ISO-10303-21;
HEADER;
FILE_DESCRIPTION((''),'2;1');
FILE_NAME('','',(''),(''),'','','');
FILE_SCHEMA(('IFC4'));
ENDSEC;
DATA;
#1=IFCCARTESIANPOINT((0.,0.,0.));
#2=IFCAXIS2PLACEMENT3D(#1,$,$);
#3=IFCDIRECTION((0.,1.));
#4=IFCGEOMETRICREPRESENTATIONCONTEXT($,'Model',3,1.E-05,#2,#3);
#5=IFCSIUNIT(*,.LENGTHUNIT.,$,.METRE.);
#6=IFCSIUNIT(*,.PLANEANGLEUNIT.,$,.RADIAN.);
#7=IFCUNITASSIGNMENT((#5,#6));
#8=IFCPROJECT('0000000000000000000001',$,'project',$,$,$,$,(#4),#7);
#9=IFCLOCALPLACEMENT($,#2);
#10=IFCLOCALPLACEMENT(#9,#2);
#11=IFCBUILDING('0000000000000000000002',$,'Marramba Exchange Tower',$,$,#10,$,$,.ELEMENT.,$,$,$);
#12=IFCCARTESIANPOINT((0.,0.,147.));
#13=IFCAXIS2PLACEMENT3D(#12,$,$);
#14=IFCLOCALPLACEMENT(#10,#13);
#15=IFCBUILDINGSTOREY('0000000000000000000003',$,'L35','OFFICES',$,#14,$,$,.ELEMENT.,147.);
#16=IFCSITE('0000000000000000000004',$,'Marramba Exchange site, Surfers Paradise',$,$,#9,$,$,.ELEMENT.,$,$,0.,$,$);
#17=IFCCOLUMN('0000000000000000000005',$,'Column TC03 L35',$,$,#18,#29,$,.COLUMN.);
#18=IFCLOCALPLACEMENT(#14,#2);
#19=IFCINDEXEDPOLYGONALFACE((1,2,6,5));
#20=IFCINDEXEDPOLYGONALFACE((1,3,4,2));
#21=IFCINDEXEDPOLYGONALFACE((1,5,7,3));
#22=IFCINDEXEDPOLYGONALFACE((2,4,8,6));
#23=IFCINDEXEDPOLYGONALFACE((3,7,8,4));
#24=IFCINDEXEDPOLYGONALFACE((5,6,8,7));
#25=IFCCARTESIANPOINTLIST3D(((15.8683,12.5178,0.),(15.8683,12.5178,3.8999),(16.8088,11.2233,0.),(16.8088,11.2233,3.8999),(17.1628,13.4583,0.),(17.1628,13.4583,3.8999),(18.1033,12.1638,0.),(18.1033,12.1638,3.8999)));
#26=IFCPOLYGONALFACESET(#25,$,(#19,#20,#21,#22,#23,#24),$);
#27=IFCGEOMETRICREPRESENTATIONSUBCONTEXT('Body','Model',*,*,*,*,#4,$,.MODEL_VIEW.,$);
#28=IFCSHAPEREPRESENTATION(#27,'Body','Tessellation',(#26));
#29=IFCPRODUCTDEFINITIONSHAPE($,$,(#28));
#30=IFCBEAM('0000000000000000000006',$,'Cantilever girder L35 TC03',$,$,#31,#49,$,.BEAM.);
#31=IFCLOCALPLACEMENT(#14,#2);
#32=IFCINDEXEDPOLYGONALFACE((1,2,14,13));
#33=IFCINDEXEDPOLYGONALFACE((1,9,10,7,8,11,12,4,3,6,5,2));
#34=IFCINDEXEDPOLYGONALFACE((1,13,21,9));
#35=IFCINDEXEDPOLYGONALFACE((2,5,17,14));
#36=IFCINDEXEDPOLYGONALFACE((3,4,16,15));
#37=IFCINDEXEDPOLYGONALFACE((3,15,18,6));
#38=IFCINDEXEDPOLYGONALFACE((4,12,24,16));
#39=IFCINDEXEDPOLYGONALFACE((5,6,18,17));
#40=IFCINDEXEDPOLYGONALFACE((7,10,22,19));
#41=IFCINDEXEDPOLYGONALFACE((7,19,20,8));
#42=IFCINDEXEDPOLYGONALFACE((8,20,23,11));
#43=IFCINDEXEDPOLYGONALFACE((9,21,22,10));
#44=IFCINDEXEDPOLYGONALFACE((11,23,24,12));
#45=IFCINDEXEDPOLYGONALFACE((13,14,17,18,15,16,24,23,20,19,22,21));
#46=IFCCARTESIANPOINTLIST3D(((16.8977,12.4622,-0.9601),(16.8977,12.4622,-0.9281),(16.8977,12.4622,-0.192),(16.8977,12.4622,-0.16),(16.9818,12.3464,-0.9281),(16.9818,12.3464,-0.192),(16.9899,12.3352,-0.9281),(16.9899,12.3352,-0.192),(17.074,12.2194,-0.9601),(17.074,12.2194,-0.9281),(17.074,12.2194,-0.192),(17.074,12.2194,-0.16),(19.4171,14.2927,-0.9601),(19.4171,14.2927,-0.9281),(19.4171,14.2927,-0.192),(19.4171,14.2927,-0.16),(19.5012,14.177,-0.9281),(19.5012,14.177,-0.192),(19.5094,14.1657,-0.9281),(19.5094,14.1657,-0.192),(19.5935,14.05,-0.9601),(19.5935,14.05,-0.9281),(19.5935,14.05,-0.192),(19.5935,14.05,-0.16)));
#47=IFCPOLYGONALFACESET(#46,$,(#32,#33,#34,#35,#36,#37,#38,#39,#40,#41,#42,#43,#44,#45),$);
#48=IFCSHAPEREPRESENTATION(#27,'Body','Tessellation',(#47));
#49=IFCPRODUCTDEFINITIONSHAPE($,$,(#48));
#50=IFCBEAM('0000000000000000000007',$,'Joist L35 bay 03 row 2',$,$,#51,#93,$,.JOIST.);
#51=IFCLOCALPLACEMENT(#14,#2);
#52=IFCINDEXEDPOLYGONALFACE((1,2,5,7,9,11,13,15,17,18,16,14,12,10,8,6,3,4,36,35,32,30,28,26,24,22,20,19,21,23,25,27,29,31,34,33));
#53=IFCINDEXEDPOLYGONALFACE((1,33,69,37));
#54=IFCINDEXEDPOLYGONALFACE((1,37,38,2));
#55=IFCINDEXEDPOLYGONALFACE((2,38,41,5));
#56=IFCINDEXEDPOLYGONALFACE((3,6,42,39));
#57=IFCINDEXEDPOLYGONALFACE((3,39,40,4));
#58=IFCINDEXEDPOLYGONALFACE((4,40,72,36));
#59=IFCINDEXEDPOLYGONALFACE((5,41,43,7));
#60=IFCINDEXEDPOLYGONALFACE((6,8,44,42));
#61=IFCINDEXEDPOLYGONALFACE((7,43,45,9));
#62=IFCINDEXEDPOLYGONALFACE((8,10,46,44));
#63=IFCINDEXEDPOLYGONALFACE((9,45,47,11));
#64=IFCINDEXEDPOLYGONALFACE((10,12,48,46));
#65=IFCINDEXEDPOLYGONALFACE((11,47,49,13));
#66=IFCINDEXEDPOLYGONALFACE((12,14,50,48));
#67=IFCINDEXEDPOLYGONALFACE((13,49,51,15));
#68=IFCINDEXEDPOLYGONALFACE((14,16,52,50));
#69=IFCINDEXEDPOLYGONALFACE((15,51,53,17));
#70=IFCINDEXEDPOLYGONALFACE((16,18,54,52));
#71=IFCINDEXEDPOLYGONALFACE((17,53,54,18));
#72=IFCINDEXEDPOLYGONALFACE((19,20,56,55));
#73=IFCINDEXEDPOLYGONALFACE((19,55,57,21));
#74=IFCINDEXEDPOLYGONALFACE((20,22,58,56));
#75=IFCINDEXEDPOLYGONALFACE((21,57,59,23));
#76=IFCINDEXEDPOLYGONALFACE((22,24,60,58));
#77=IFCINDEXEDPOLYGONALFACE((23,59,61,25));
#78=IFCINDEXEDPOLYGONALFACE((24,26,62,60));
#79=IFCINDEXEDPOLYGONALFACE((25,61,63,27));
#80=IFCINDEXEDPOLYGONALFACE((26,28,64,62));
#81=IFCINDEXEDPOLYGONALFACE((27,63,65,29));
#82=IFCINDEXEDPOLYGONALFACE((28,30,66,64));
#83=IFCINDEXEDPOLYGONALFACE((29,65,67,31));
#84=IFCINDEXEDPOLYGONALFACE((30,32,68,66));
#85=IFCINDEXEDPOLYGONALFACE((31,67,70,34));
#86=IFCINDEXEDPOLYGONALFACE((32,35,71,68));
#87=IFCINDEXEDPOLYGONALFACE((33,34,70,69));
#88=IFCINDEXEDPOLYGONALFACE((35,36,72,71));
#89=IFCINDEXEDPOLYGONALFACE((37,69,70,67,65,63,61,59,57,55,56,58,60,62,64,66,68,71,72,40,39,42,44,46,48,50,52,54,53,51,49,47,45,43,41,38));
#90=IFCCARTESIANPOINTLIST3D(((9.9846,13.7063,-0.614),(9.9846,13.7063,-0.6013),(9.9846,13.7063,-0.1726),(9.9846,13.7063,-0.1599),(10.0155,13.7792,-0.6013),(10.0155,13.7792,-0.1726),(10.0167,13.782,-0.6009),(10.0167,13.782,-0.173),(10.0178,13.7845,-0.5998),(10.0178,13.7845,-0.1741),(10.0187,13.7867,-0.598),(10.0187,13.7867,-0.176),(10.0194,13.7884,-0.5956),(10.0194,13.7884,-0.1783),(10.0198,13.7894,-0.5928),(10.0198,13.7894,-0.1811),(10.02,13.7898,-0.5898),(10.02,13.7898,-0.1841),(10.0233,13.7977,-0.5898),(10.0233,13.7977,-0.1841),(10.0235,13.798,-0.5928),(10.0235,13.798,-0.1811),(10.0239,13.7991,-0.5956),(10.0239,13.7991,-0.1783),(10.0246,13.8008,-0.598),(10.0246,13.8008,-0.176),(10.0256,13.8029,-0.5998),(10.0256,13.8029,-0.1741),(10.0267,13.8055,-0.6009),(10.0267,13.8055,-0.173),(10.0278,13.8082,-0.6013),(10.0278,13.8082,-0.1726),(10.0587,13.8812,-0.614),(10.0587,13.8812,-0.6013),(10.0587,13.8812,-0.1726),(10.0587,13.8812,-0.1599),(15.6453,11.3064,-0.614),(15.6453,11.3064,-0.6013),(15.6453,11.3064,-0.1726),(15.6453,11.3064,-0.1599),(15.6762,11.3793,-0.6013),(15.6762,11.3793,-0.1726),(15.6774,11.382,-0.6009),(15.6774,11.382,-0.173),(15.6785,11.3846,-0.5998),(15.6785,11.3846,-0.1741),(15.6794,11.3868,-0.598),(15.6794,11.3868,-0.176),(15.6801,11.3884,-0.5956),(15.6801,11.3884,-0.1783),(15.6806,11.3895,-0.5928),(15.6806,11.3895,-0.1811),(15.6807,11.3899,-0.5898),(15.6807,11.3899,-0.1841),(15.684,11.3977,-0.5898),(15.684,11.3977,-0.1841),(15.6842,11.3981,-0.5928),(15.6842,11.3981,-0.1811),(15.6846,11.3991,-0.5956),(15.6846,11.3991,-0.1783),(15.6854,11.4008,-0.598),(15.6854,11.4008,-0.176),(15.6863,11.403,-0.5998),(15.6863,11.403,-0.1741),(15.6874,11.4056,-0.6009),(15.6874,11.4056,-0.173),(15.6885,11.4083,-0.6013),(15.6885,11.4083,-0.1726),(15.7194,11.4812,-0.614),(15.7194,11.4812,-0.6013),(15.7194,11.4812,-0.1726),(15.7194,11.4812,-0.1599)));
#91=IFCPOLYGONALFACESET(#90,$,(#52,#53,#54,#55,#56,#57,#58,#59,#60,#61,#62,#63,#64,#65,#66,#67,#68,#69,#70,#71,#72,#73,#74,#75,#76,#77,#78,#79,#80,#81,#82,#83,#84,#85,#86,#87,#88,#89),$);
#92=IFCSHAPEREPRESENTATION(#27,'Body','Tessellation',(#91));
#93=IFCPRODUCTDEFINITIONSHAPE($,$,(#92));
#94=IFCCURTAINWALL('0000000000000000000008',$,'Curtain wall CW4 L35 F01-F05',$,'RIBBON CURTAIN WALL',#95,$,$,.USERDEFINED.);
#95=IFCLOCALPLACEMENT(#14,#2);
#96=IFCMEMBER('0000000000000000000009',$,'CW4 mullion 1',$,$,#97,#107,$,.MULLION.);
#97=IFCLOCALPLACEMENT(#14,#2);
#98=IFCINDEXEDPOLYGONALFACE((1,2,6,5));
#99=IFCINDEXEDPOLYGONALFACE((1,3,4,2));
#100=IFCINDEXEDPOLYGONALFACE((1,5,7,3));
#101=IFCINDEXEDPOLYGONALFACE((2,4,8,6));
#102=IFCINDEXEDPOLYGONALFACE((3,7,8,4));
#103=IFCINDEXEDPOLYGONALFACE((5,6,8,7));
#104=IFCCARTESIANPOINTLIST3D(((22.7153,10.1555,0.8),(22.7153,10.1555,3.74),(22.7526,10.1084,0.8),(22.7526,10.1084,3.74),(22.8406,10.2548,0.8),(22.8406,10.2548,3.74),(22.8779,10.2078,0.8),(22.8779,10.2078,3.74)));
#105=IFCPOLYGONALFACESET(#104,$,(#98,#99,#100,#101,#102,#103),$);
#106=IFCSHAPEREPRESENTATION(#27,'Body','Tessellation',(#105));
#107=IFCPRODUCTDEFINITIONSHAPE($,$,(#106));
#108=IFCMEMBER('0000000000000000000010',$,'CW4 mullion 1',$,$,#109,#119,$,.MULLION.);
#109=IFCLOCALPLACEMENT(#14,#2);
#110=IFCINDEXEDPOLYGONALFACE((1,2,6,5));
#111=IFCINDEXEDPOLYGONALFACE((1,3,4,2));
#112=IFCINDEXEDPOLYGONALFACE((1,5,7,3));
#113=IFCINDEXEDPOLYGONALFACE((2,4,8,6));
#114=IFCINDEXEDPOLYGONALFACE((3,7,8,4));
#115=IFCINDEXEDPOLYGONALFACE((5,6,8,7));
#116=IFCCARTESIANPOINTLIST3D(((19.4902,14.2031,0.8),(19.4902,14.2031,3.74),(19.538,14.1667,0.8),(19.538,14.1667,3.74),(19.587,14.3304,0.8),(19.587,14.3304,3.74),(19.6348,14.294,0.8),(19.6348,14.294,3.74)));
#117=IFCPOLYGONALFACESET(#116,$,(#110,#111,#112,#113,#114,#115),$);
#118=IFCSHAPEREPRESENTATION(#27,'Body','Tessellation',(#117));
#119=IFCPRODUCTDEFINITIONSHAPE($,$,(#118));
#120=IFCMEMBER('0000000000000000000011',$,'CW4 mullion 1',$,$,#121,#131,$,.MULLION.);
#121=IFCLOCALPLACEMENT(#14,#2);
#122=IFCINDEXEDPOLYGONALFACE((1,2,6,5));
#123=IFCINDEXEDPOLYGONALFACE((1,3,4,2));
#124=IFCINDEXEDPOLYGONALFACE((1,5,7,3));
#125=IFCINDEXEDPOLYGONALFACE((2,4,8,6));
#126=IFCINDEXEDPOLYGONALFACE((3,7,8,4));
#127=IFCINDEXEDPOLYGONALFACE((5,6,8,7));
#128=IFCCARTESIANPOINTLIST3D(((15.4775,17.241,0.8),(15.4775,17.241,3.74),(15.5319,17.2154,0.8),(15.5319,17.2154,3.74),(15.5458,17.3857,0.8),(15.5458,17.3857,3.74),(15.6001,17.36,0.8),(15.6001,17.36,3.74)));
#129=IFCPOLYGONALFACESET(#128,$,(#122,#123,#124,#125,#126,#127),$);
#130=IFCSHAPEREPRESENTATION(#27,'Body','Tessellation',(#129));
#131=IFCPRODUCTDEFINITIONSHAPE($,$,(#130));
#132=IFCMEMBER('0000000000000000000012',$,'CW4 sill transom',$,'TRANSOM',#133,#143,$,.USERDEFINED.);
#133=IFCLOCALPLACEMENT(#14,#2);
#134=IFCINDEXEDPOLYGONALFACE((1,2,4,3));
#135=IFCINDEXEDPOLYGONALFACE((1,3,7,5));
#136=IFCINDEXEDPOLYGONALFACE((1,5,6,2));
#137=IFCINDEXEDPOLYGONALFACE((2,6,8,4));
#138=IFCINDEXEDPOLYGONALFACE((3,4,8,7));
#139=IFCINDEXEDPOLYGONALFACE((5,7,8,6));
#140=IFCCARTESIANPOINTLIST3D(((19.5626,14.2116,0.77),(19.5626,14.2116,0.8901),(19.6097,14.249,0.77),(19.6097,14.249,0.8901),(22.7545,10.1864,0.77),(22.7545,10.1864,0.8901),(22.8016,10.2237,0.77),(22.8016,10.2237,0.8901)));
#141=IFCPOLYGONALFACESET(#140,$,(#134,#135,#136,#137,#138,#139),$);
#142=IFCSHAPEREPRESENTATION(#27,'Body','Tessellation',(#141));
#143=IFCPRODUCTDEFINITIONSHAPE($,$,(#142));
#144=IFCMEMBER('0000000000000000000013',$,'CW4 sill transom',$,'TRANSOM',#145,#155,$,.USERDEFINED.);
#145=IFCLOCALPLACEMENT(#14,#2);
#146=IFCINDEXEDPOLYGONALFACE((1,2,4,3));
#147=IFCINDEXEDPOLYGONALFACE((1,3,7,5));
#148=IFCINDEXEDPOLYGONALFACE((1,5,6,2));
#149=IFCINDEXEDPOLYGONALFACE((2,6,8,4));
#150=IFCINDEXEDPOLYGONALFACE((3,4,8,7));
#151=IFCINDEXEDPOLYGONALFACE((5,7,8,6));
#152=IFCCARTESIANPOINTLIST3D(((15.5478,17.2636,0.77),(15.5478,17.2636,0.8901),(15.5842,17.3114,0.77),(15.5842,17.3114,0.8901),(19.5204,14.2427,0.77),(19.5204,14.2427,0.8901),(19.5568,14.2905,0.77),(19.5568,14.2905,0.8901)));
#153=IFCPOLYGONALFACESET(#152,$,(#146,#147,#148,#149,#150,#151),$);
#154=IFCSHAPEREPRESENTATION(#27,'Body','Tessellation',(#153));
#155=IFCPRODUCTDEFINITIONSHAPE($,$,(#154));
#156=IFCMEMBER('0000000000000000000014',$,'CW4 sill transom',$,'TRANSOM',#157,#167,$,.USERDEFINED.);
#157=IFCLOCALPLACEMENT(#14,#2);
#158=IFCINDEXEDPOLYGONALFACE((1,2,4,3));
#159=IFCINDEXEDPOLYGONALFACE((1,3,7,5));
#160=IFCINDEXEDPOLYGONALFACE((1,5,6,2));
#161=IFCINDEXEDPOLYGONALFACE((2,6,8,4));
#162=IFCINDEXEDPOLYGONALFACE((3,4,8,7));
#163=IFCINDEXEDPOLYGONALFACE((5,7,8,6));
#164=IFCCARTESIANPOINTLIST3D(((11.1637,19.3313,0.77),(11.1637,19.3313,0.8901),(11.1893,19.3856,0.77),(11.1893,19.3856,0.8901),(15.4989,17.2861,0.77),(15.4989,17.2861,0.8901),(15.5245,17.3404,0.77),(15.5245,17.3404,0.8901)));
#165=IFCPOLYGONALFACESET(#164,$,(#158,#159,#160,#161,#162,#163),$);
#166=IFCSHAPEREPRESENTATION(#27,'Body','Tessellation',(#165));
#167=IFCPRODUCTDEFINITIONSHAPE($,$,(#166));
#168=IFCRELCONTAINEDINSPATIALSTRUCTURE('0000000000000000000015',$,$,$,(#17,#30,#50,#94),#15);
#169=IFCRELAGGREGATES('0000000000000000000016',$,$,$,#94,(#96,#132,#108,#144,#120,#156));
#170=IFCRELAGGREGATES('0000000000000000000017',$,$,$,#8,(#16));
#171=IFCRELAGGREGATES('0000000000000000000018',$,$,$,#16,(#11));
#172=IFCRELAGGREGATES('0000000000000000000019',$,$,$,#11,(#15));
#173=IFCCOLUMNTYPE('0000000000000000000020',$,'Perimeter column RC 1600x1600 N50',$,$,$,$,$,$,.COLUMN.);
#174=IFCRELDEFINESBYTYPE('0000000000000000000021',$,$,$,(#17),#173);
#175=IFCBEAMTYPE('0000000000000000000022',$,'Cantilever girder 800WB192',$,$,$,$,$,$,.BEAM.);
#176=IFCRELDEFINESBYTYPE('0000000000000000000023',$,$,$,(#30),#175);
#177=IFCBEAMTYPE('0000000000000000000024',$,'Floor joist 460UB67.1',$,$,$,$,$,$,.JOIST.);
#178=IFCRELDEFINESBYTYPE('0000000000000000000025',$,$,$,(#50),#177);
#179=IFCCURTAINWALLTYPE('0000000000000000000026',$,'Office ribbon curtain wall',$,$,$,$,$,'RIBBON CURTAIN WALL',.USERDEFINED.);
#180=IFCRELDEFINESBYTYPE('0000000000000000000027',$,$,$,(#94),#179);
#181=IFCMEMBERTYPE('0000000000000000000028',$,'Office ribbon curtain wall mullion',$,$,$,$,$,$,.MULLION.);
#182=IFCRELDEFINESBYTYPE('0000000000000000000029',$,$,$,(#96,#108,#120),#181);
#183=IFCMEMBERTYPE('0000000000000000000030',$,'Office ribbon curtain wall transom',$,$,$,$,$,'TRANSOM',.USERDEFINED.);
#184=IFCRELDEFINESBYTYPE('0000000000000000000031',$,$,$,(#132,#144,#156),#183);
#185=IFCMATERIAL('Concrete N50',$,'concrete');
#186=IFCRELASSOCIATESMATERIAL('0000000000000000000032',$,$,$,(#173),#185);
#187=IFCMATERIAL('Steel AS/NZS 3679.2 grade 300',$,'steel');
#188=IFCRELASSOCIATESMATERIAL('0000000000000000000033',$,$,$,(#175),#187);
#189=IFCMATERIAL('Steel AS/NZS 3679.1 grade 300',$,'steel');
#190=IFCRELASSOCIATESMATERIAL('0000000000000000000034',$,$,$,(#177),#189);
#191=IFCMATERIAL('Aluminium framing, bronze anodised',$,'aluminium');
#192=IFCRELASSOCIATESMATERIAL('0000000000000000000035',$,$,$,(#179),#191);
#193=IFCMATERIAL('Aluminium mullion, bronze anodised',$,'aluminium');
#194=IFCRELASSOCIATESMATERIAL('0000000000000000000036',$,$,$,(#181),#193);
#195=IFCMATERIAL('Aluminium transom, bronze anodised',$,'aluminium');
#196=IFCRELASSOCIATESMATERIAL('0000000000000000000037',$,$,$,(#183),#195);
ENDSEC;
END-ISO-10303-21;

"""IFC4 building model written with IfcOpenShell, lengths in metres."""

from ifc_helpers import new_model, si_unit, direction, frame, origin, origin_2d, place, context, subcontext, project, spatial, rectangle, i_section, extrude, material, material_profile, profile_set, type_object, element, aggregate, save


model = new_model("IFC4")

# Units and contexts
model_context = context("Model", 3, precision=1e-05, world=origin(), true_north=direction((0.0, 1.0)))
body_context = subcontext(model_context, "Body", "Model", "MODEL_VIEW")
ifc_project = project(units=[si_unit("LENGTHUNIT", "METRE"), si_unit("PLANEANGLEUNIT", "RADIAN")], contexts=[model_context])

# Site, building, storey
site_placement = place(None, origin())
site = spatial("IfcSite", under=ifc_project, at=site_placement, Name="Marramba Exchange site, Surfers Paradise", CompositionType="ELEMENT", RefElevation=0.0)
building_placement = place(site_placement, origin())
building = spatial("IfcBuilding", under=site, at=building_placement, Name="Marramba Exchange Tower", CompositionType="ELEMENT")
storey_placement = place(building_placement, frame((0.0, 0.0, 147.0)))
storey = spatial("IfcBuildingStorey", under=building, at=storey_placement, Name="L35", Description="OFFICES", CompositionType="ELEMENT", Elevation=147.0)

# Column
ifc_material_1 = material(Name="Concrete N50", Category="concrete")
ifc_material_profile_1 = material_profile(ifc_material_1, rectangle(XDim=1.6001, YDim=1.6001, at=origin_2d()), Name="RC 1600x1600")
ifc_profile_set_1 = profile_set([ifc_material_profile_1], Name="Concrete N50")
column_type = type_object("IfcColumnType", Name="Perimeter column RC 1600x1600 N50", PredefinedType="COLUMN", material=ifc_profile_set_1)
column_placement = place(storey_placement, frame((16.9858, 12.3408, 0.0), z_axis=(0.0, 0.0, 1.0), x_axis=(0.809017, 0.587785, 0.0)))
element("IfcColumn", 1, at=column_placement, inside=storey, type_object=column_type, Name="Column TC03 L35", PredefinedType="COLUMN", context=body_context, shape_type="SweptSolid", body=[
    extrude(rectangle(XDim=1.6001, YDim=1.6001, at=origin_2d()), origin(), (0.0, 0.0, 1.0), 3.8999),
])

# Beams
ifc_material_2 = material(Name="Steel AS/NZS 3679.2 grade 300", Category="steel")
ifc_material_profile_2 = material_profile(ifc_material_2, i_section(OverallWidth=0.3, OverallDepth=0.8, WebThickness=0.0139, FlangeThickness=0.032, at=origin_2d()), Name="800WB192")
ifc_profile_set_2 = profile_set([ifc_material_profile_2], Name="Steel AS/NZS 3679.2 grade 300")
beam_type_1 = type_object("IfcBeamType", Name="Cantilever girder 800WB192", PredefinedType="BEAM", material=ifc_profile_set_2)
beam_1_placement = place(storey_placement, frame((16.9858, 12.3408, -0.5601), z_axis=(0.809014, 0.587789, 0.0), x_axis=(-0.587789, 0.809014, 0.0)))
element("IfcBeam", 2, at=beam_1_placement, inside=storey, type_object=beam_type_1, Name="Cantilever girder L35 TC03", PredefinedType="BEAM", context=body_context, shape_type="SweptSolid", body=[
    extrude(i_section(OverallWidth=0.3, OverallDepth=0.8, WebThickness=0.0139, FlangeThickness=0.032, at=origin_2d()), origin(), (0.0, 0.0, 1.0), 3.1143),
])
ifc_material_3 = material(Name="Steel AS/NZS 3679.1 grade 300", Category="steel")
ifc_material_profile_3 = material_profile(ifc_material_3, i_section(OverallWidth=0.1899, OverallDepth=0.4541, WebThickness=0.0085, FlangeThickness=0.0127, FilletRadius=0.0115, at=origin_2d()), Name="460UB67.1")
ifc_profile_set_3 = profile_set([ifc_material_profile_3], Name="Steel AS/NZS 3679.1 grade 300")
beam_type_2 = type_object("IfcBeamType", Name="Floor joist 460UB67.1", PredefinedType="JOIST", material=ifc_profile_set_3)
beam_2_placement = place(storey_placement, frame((15.6824, 11.3938, -0.387), z_axis=(-0.920674, 0.390332, 0.0), x_axis=(-0.390332, -0.920674, 0.0)))
element("IfcBeam", 3, at=beam_2_placement, inside=storey, type_object=beam_type_2, Name="Joist L35 bay 03 row 2", PredefinedType="JOIST", context=body_context, shape_type="SweptSolid", body=[
    extrude(i_section(OverallWidth=0.1899, OverallDepth=0.4541, WebThickness=0.0085, FlangeThickness=0.0127, FilletRadius=0.0115, at=origin_2d()), origin(), (0.0, 0.0, 1.0), 6.1484),
])

# Curtain wall, members
ifc_material_4 = material(Name="Aluminium framing, bronze anodised", Category="aluminium")
curtain_wall_type = type_object("IfcCurtainWallType", Name="Office ribbon curtain wall", ElementType="RIBBON CURTAIN WALL", PredefinedType="USERDEFINED", material=ifc_material_4)
curtain_wall_placement = place(storey_placement, origin())
curtain_wall = element("IfcCurtainWall", 4, at=curtain_wall_placement, inside=storey, type_object=curtain_wall_type, Name="Curtain wall CW4 L35 F01-F05", ObjectType="RIBBON CURTAIN WALL", PredefinedType="USERDEFINED")
ifc_material_5 = material(Name="Aluminium mullion, bronze anodised", Category="aluminium")
ifc_material_profile_4 = material_profile(ifc_material_5, rectangle(XDim=0.1599, YDim=0.0601, at=origin_2d()), Name="CW4 mullion 60x160")
ifc_profile_set_4 = profile_set([ifc_material_profile_4], Name="Aluminium mullion, bronze anodised")
member_type_1 = type_object("IfcMemberType", Name="Office ribbon curtain wall mullion", PredefinedType="MULLION", material=ifc_profile_set_4)
member_1_placement = place(storey_placement, frame((22.7966, 10.1816, 0.8), z_axis=(0.0, 0.0, 1.0), x_axis=(-0.783563, -0.621312, 0.0)))
member_1 = element("IfcMember", 5, at=member_1_placement, type_object=member_type_1, Name="CW4 mullion 1", PredefinedType="MULLION", context=body_context, shape_type="SweptSolid", body=[
    extrude(rectangle(XDim=0.1599, YDim=0.0601, at=origin_2d()), origin(), (0.0, 0.0, 1.0), 2.9399),
])
member_2_placement = place(storey_placement, frame((19.5625, 14.2485, 0.8), z_axis=(0.0, 0.0, 1.0), x_axis=(-0.605334, -0.795972, 0.0)))
member_2 = element("IfcMember", 6, at=member_2_placement, type_object=member_type_1, Name="CW4 mullion 1", PredefinedType="MULLION", context=body_context, shape_type="SweptSolid", body=[
    extrude(rectangle(XDim=0.1599, YDim=0.0601, at=origin_2d()), origin(), (0.0, 0.0, 1.0), 2.9399),
])
member_3_placement = place(storey_placement, frame((15.5388, 17.3005, 0.8), z_axis=(0.0, 0.0, 1.0), x_axis=(-0.426679, -0.904403, 0.0)))
member_3 = element("IfcMember", 7, at=member_3_placement, type_object=member_type_1, Name="CW4 mullion 1", PredefinedType="MULLION", context=body_context, shape_type="SweptSolid", body=[
    extrude(rectangle(XDim=0.1599, YDim=0.0601, at=origin_2d()), origin(), (0.0, 0.0, 1.0), 2.9399),
])
ifc_material_6 = material(Name="Aluminium transom, bronze anodised", Category="aluminium")
ifc_material_profile_5 = material_profile(ifc_material_6, rectangle(XDim=0.0601, YDim=0.1201, at=origin_2d()), Name="CW4 transom 60x120")
ifc_profile_set_5 = profile_set([ifc_material_profile_5], Name="Aluminium transom, bronze anodised")
member_type_2 = type_object("IfcMemberType", Name="Office ribbon curtain wall transom", ElementType="TRANSOM", PredefinedType="USERDEFINED", material=ifc_profile_set_5)
member_4_placement = place(storey_placement, frame((22.7781, 10.2051, 0.8301), z_axis=(-0.621339, 0.783542, 0.0), x_axis=(-0.783542, -0.621339, 0.0)))
member_4 = element("IfcMember", 8, at=member_4_placement, type_object=member_type_2, Name="CW4 sill transom", ObjectType="TRANSOM", PredefinedType="USERDEFINED", context=body_context, shape_type="SweptSolid", body=[
    extrude(rectangle(XDim=0.0601, YDim=0.1201, at=origin_2d()), origin(), (0.0, 0.0, 1.0), 5.1372),
])
member_5_placement = place(storey_placement, frame((19.5386, 14.2666, 0.8301), z_axis=(-0.795991, 0.605309, 0.0), x_axis=(-0.605309, -0.795991, 0.0)))
member_5 = element("IfcMember", 9, at=member_5_placement, type_object=member_type_2, Name="CW4 sill transom", ObjectType="TRANSOM", PredefinedType="USERDEFINED", context=body_context, shape_type="SweptSolid", body=[
    extrude(rectangle(XDim=0.0601, YDim=0.1201, at=origin_2d()), origin(), (0.0, 0.0, 1.0), 4.9907),
])
member_6_placement = place(storey_placement, frame((15.5117, 17.3132, 0.8301), z_axis=(-0.904411, 0.426663, 0.0), x_axis=(-0.426663, -0.904411, 0.0)))
member_6 = element("IfcMember", 10, at=member_6_placement, type_object=member_type_2, Name="CW4 sill transom", ObjectType="TRANSOM", PredefinedType="USERDEFINED", context=body_context, shape_type="SweptSolid", body=[
    extrude(rectangle(XDim=0.0601, YDim=0.1201, at=origin_2d()), origin(), (0.0, 0.0, 1.0), 4.7935),
])

aggregate(curtain_wall, [member_1, member_4, member_2, member_5, member_3, member_6])

save(model, "model.ifc")
